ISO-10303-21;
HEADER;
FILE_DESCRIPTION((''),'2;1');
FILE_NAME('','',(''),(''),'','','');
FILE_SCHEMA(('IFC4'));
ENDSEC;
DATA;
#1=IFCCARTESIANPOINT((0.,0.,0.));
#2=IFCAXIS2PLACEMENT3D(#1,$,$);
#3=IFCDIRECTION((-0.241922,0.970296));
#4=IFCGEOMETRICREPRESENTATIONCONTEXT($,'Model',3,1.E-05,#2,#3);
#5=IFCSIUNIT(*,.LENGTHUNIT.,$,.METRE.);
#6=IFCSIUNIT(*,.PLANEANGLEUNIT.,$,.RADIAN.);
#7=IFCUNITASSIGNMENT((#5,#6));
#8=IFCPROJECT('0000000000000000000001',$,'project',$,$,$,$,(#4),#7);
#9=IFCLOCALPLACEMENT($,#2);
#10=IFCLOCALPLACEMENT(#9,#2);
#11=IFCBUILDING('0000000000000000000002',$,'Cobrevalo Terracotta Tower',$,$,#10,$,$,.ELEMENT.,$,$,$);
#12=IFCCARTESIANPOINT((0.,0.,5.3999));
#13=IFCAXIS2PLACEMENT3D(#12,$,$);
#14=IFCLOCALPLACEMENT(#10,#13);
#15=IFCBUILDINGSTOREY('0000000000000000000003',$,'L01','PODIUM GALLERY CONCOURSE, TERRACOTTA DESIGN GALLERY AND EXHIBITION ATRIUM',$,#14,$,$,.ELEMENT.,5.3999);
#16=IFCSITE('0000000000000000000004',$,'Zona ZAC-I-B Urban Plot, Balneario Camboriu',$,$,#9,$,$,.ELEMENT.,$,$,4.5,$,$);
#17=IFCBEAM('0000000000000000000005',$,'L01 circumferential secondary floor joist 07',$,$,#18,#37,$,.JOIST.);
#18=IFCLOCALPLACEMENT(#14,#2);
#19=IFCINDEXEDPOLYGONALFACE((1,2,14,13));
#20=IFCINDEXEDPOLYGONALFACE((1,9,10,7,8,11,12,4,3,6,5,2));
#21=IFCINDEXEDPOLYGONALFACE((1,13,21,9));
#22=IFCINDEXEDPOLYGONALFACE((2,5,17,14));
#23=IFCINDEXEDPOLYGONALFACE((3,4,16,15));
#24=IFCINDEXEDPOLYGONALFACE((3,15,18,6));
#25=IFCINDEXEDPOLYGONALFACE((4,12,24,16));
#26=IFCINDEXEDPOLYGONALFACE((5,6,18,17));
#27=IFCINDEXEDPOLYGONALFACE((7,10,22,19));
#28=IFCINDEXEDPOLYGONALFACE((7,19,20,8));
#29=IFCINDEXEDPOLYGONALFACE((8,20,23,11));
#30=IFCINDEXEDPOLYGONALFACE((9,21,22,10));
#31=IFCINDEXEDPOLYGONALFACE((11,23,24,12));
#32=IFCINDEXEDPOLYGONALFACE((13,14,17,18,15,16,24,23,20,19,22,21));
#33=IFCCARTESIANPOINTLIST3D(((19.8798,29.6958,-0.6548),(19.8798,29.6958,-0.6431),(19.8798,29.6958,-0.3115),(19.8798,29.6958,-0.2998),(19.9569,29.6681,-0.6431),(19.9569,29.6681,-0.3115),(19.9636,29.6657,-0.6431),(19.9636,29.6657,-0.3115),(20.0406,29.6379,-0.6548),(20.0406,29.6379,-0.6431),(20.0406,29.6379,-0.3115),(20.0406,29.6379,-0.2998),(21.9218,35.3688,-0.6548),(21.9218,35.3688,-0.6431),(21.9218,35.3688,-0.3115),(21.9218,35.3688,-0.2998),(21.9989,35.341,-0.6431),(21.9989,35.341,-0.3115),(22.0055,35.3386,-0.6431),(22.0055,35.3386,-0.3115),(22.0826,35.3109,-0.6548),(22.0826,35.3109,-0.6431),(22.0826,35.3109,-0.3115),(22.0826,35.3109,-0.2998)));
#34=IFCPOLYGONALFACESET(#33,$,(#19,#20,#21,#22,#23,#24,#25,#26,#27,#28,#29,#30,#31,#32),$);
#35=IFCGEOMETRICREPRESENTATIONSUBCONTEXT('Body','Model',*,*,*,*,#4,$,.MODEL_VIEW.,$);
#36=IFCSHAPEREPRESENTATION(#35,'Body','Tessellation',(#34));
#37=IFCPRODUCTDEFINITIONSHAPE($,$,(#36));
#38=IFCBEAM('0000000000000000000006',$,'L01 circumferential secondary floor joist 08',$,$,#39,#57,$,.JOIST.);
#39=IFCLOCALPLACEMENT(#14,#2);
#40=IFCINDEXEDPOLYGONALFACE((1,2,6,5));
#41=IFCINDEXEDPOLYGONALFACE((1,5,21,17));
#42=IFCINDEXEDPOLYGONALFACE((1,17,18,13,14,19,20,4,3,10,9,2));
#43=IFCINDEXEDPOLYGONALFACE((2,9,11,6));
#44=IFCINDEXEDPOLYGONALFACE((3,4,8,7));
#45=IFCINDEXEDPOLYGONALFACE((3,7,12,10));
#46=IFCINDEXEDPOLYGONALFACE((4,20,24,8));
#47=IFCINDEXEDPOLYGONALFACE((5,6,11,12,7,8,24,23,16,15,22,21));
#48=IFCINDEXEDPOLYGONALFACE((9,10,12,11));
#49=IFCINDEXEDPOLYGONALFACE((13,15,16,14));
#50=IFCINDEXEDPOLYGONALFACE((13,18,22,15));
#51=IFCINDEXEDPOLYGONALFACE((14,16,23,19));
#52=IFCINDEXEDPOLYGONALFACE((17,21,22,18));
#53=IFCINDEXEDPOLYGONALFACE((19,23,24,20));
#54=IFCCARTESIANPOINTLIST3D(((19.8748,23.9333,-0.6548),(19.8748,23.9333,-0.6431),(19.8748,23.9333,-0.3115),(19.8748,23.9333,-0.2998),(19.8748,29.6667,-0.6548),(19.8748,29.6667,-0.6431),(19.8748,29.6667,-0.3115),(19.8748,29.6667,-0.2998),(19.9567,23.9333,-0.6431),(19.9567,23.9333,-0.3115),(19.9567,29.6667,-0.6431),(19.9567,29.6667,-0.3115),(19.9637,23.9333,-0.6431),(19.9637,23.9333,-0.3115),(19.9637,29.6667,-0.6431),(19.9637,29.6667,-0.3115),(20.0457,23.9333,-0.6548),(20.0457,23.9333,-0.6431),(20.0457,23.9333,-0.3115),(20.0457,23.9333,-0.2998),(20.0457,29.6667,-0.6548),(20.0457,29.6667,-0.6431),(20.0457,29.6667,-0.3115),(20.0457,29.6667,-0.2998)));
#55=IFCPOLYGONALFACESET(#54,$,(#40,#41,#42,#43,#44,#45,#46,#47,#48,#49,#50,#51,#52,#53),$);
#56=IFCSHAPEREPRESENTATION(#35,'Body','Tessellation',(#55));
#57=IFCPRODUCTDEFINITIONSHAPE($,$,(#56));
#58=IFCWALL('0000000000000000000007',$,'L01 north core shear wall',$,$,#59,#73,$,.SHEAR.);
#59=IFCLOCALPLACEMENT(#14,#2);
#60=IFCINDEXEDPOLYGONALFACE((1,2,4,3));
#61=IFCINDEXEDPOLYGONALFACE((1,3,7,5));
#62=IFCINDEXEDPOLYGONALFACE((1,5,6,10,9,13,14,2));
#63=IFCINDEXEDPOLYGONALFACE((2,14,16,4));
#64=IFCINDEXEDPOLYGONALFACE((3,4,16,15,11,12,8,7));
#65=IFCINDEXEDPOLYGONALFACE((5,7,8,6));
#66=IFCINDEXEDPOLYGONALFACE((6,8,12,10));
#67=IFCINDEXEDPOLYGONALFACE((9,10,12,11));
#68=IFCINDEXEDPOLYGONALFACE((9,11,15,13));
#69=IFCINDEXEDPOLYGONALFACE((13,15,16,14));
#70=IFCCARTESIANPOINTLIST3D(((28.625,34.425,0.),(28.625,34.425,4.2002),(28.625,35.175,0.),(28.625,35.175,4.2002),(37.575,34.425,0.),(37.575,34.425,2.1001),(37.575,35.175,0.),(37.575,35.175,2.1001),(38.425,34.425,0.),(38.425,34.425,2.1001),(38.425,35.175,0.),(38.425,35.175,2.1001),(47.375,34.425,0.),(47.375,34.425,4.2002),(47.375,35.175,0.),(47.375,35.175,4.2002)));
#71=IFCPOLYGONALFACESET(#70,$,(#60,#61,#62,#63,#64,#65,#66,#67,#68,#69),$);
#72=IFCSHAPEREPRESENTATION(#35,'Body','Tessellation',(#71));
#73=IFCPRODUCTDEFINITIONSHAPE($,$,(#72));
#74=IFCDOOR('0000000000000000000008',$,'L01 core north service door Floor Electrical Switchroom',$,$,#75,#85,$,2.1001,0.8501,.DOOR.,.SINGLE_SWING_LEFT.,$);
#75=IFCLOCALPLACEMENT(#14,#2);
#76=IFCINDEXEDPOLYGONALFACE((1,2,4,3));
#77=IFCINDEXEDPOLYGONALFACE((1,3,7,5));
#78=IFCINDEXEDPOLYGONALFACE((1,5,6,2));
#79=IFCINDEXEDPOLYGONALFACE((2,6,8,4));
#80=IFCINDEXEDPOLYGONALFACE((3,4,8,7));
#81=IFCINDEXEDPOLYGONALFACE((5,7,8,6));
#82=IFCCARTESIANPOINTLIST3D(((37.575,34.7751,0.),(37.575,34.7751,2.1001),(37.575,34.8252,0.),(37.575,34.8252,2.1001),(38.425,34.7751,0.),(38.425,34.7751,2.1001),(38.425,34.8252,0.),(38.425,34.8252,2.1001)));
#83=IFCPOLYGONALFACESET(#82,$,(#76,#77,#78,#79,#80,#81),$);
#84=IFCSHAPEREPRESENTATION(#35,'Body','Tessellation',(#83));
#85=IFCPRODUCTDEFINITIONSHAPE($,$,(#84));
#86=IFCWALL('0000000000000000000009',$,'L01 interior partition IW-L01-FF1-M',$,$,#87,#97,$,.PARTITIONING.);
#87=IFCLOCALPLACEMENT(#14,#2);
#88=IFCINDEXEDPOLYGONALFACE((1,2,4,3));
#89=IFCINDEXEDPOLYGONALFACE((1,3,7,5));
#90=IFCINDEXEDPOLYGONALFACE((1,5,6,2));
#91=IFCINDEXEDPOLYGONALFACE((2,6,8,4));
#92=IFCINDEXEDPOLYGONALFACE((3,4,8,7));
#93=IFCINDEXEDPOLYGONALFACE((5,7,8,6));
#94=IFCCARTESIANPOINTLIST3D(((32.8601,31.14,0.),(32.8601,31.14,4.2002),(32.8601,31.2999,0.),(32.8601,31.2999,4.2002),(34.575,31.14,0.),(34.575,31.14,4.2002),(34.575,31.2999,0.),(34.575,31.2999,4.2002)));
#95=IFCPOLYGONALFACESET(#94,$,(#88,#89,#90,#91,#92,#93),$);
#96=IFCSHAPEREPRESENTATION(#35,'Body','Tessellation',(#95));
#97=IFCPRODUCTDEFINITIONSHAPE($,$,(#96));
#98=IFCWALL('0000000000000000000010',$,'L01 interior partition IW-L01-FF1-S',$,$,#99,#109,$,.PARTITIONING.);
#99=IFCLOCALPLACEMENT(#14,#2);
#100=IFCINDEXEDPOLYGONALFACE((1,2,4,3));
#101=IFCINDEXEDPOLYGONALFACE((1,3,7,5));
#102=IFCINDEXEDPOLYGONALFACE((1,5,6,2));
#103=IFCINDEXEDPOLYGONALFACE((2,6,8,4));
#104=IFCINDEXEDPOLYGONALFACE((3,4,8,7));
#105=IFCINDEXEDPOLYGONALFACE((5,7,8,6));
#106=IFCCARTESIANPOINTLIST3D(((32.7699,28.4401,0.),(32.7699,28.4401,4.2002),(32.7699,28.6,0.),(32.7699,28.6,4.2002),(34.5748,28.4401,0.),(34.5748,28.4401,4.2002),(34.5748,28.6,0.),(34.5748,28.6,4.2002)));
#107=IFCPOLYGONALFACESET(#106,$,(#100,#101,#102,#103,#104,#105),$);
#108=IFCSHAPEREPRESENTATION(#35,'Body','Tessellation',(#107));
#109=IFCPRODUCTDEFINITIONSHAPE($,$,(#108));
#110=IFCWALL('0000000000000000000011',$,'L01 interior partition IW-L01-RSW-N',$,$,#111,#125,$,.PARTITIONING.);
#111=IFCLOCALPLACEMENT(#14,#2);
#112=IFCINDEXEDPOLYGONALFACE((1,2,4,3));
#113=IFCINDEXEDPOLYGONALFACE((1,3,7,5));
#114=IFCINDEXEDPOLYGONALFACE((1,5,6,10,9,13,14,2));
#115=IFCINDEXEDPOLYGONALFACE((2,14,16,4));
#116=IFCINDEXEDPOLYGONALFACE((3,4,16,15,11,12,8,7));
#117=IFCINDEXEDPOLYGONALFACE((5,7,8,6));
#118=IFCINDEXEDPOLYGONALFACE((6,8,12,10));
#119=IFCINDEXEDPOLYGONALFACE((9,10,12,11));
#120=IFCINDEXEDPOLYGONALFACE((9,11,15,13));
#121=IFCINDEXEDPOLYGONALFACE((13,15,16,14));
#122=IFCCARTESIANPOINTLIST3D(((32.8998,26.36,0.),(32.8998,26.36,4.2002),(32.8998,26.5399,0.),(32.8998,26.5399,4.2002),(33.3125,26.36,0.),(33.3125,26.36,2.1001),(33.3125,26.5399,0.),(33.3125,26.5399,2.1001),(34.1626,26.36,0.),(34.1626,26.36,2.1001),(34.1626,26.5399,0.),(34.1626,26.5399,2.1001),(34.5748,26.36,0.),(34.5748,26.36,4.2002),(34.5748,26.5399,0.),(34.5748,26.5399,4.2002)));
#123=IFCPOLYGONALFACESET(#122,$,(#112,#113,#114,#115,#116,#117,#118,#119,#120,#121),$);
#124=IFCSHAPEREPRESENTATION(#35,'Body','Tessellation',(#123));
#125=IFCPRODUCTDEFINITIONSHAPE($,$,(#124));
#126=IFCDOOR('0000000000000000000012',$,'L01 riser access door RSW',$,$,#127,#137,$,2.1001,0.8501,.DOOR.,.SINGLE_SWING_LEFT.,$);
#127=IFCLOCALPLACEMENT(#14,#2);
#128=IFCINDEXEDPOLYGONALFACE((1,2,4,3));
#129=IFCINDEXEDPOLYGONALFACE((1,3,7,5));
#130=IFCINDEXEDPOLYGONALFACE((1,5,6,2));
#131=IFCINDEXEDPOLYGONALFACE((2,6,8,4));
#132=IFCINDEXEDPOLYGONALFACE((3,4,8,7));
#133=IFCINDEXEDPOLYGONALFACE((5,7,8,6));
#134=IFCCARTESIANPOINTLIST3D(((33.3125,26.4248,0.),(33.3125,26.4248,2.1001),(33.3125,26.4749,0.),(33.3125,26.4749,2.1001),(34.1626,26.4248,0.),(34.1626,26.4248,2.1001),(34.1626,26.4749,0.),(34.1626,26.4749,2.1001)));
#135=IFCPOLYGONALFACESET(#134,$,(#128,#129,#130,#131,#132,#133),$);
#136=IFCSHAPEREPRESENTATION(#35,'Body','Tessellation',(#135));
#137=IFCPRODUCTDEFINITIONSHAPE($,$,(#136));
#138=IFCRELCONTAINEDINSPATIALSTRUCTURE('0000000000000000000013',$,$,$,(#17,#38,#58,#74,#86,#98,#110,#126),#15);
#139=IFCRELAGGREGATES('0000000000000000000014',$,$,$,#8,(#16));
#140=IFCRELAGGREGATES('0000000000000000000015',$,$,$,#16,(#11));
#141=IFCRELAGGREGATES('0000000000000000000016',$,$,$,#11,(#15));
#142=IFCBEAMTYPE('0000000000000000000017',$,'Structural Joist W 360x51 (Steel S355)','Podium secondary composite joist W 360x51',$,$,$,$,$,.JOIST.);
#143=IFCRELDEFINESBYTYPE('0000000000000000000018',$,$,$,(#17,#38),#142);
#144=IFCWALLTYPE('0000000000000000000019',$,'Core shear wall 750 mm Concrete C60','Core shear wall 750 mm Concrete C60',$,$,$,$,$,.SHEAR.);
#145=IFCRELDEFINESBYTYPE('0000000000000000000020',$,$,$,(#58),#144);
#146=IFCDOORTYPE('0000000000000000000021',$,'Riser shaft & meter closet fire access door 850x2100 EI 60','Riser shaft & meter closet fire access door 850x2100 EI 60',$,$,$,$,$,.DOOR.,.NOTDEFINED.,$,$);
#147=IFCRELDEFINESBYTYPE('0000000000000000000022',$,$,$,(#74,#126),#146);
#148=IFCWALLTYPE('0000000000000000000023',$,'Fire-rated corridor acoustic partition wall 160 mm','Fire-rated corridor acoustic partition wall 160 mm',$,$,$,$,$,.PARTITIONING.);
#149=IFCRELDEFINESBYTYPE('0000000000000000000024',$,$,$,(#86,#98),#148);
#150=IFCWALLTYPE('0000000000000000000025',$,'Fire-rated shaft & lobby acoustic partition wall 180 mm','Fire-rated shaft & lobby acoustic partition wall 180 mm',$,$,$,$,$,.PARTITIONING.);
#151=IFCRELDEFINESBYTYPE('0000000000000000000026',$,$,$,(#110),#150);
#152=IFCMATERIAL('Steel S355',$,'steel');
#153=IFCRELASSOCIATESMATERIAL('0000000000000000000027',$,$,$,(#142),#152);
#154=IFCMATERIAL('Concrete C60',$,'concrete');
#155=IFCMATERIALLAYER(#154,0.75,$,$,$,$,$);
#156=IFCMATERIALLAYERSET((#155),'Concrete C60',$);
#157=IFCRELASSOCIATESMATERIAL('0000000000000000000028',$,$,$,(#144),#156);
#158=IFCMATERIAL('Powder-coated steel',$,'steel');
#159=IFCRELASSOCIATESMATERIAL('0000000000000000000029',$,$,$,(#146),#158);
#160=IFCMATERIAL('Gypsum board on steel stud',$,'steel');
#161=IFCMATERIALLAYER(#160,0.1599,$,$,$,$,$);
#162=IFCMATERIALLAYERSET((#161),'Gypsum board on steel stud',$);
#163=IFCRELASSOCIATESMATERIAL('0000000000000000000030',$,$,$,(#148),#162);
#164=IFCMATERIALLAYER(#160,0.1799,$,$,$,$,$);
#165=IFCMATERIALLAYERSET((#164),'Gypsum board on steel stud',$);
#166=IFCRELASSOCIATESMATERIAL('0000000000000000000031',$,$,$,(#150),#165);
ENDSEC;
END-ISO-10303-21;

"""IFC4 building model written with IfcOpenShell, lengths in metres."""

from ifc_helpers import new_model, si_unit, direction, frame, frame_2d, origin, origin_2d, place, context, subcontext, project, spatial, rectangle, i_section, extrude, source, transform, mapped, material, layer, layer_set, material_profile, profile_set, type_object, element, fill, save


model = new_model("IFC4")

# Units and contexts
model_context = context("Model", 3, precision=1e-05, world=origin(), true_north=direction((-0.241922, 0.970296)))
body_context = subcontext(model_context, "Body", "Model", "MODEL_VIEW")
ifc_project = project(units=[si_unit("LENGTHUNIT", "METRE"), si_unit("PLANEANGLEUNIT", "RADIAN")], contexts=[model_context])

# Site, building, storey
site_placement = place(None, origin())
site = spatial("IfcSite", under=ifc_project, at=site_placement, Name="Zona ZAC-I-B Urban Plot, Balneario Camboriu", CompositionType="ELEMENT", RefElevation=4.5)
building_placement = place(site_placement, origin())
building = spatial("IfcBuilding", under=site, at=building_placement, Name="Cobrevalo Terracotta Tower", CompositionType="ELEMENT")
storey_placement = place(building_placement, frame((0.0, 0.0, 5.3999)))
storey = spatial("IfcBuildingStorey", under=building, at=storey_placement, Name="L01", Description="PODIUM GALLERY CONCOURSE, TERRACOTTA DESIGN GALLERY AND EXHIBITION ATRIUM", CompositionType="ELEMENT", Elevation=5.3999)

# Shared definitions
ifc_material_1 = material(Name="Steel S355", Category="steel")
ifc_material_2 = material(Name="Concrete C60", Category="concrete")

# Beams
ifc_material_profile_1 = material_profile(ifc_material_1, i_section(OverallWidth=0.1709, OverallDepth=0.355, WebThickness=0.0071, FlangeThickness=0.0117, at=origin_2d()), Name="W 360x51")
ifc_profile_set_1 = profile_set([ifc_material_profile_1], Name="Steel S355")
beam_type = type_object("IfcBeamType", Name="Structural Joist W 360x51 (Steel S355)", Description="Podium secondary composite joist W 360x51", PredefinedType="JOIST", material=ifc_profile_set_1)
beam_1_placement = place(storey_placement, frame((22.0022, 35.3398, -0.4773), z_axis=(-0.338672, -0.940904, 0.0), x_axis=(0.940904, -0.338672, 0.0)))
element("IfcBeam", 1, at=beam_1_placement, inside=storey, type_object=beam_type, Name="L01 circumferential secondary floor joist 07", PredefinedType="JOIST", context=body_context, shape_type="SweptSolid", body=[
    extrude(i_section(OverallWidth=0.1709, OverallDepth=0.355, WebThickness=0.0071, FlangeThickness=0.0117, at=origin_2d()), origin(), (0.0, 0.0, 1.0), 6.0293),
])
beam_2_placement = place(storey_placement, frame((19.9602, 29.6667, -0.4773), z_axis=(0.0, -1.0, 0.0), x_axis=(1.0, 0.0, 0.0)))
element("IfcBeam", 2, at=beam_2_placement, inside=storey, type_object=beam_type, Name="L01 circumferential secondary floor joist 08", PredefinedType="JOIST", context=body_context, shape_type="SweptSolid", body=[
    extrude(i_section(OverallWidth=0.1709, OverallDepth=0.355, WebThickness=0.0071, FlangeThickness=0.0117, at=origin_2d()), origin(), (0.0, 0.0, 1.0), 5.7334),
])

# Wall, opening, door
ifc_layer_1 = layer(ifc_material_2, 0.75)
ifc_layer_set_1 = layer_set([ifc_layer_1], Name="Concrete C60")
wall_type_1 = type_object("IfcWallType", Name="Core shear wall 750 mm Concrete C60", Description="Core shear wall 750 mm Concrete C60", PredefinedType="SHEAR", material=ifc_layer_set_1)
wall_1_placement = place(storey_placement, frame((28.625, 34.8, 0.0), z_axis=(0.0, 0.0, 1.0), x_axis=(1.0, 0.0, 0.0)))
wall_1 = element("IfcWall", 3, at=wall_1_placement, inside=storey, type_object=wall_type_1, Name="L01 north core shear wall", PredefinedType="SHEAR", context=body_context, shape_type="SweptSolid", body=[
    extrude(rectangle(XDim=18.75, YDim=0.75, at=frame_2d((9.375, 0.0))), origin(), (0.0, 0.0, 1.0), 4.2002),
])
opening_1_placement = place(wall_1_placement, frame((8.95, 0.0, 0.0)))
opening_1 = element("IfcOpeningElement", 4, at=opening_1_placement, cuts=wall_1, PredefinedType="OPENING", context=body_context, shape_type="SweptSolid", body=[
    extrude(rectangle(XDim=0.8501, YDim=2.1001, at=frame_2d((0.425, 1.05))), frame((0.0, 0.385, 0.0), z_axis=(0.0, -1.0, 0.0), x_axis=(1.0, 0.0, 0.0)), (0.0, 0.0, 1.0), 0.77),
])
ifc_material_3 = material(Name="Powder-coated steel", Category="steel")
door_type_1 = type_object("IfcDoorType", Name="Riser shaft & meter closet fire access door 850x2100 EI 60", Description="Riser shaft & meter closet fire access door 850x2100 EI 60", OperationType="NOTDEFINED", PredefinedType="DOOR", material=ifc_material_3)
shared_shape_1 = source(origin(), body_context, "Body", "SweptSolid", [
    extrude(rectangle(XDim=0.8501, YDim=2.1001, at=frame_2d((0.425, 1.05))), frame((0.0, 0.0249, 0.0), z_axis=(0.0, -1.0, 0.0), x_axis=(1.0, 0.0, 0.0)), (0.0, 0.0, 1.0), 0.05),
])
door_1_placement = place(opening_1_placement, frame((0.8501, 0.0, 0.0), z_axis=(0.0, 0.0, 1.0), x_axis=(-1.0, 0.0, 0.0)))
door_1 = element("IfcDoor", 5, at=door_1_placement, inside=storey, type_object=door_type_1, Name="L01 core north service door Floor Electrical Switchroom", OperationType="SINGLE_SWING_LEFT", OverallHeight=2.1001, OverallWidth=0.8501, PredefinedType="DOOR", context=body_context, shape_type="MappedRepresentation", body=[
    mapped(shared_shape_1, transform((0.0, 0.0, 0.0), scale=1.0)),
])
fill(opening_1, door_1)

# Walls
ifc_material_4 = material(Name="Gypsum board on steel stud", Category="steel")
ifc_layer_2 = layer(ifc_material_4, 0.1599)
ifc_layer_set_2 = layer_set([ifc_layer_2], Name="Gypsum board on steel stud")
wall_type_2 = type_object("IfcWallType", Name="Fire-rated corridor acoustic partition wall 160 mm", Description="Fire-rated corridor acoustic partition wall 160 mm", PredefinedType="PARTITIONING", material=ifc_layer_set_2)
wall_2_placement = place(storey_placement, frame((32.8601, 31.22, 0.0), z_axis=(0.0, 0.0, 1.0), x_axis=(1.0, 0.0, 0.0)))
element("IfcWall", 6, at=wall_2_placement, inside=storey, type_object=wall_type_2, Name="L01 interior partition IW-L01-FF1-M", PredefinedType="PARTITIONING", context=body_context, shape_type="SweptSolid", body=[
    extrude(rectangle(XDim=1.7148, YDim=0.1599, at=frame_2d((0.8574, 0.0))), origin(), (0.0, 0.0, 1.0), 4.2002),
])
wall_3_placement = place(storey_placement, frame((32.77, 28.52, 0.0), z_axis=(0.0, 0.0, 1.0), x_axis=(1.0, 0.0, 0.0)))
element("IfcWall", 7, at=wall_3_placement, inside=storey, type_object=wall_type_2, Name="L01 interior partition IW-L01-FF1-S", PredefinedType="PARTITIONING", context=body_context, shape_type="SweptSolid", body=[
    extrude(rectangle(XDim=1.8049, YDim=0.1599, at=frame_2d((0.9023, 0.0))), origin(), (0.0, 0.0, 1.0), 4.2002),
])

# Wall, opening, door
ifc_layer_3 = layer(ifc_material_4, 0.1799)
ifc_layer_set_3 = layer_set([ifc_layer_3], Name="Gypsum board on steel stud")
wall_type_3 = type_object("IfcWallType", Name="Fire-rated shaft & lobby acoustic partition wall 180 mm", Description="Fire-rated shaft & lobby acoustic partition wall 180 mm", PredefinedType="PARTITIONING", material=ifc_layer_set_3)
wall_4_placement = place(storey_placement, frame((32.8999, 26.45, 0.0), z_axis=(0.0, 0.0, 1.0), x_axis=(1.0, 0.0, 0.0)))
wall_4 = element("IfcWall", 8, at=wall_4_placement, inside=storey, type_object=wall_type_3, Name="L01 interior partition IW-L01-RSW-N", PredefinedType="PARTITIONING", context=body_context, shape_type="SweptSolid", body=[
    extrude(rectangle(XDim=1.675, YDim=0.1799, at=frame_2d((0.8374, 0.0))), origin(), (0.0, 0.0, 1.0), 4.2002),
])
opening_2_placement = place(wall_4_placement, frame((0.4126, 0.0, 0.0)))
opening_2 = element("IfcOpeningElement", 9, at=opening_2_placement, cuts=wall_4, PredefinedType="OPENING", context=body_context, shape_type="SweptSolid", body=[
    extrude(rectangle(XDim=0.8501, YDim=2.1001, at=frame_2d((0.425, 1.05))), frame((0.0, 0.1001, 0.0), z_axis=(0.0, -1.0, 0.0), x_axis=(1.0, 0.0, 0.0)), (0.0, 0.0, 1.0), 0.2),
])
door_2_placement = place(opening_2_placement, origin())
door_2 = element("IfcDoor", 10, at=door_2_placement, inside=storey, type_object=door_type_1, Name="L01 riser access door RSW", OperationType="SINGLE_SWING_LEFT", OverallHeight=2.1001, OverallWidth=0.8501, PredefinedType="DOOR", context=body_context, shape_type="MappedRepresentation", body=[
    mapped(shared_shape_1, transform((0.0, 0.0, 0.0), scale=1.0)),
])
fill(opening_2, door_2)

save(model, "model.ifc")
